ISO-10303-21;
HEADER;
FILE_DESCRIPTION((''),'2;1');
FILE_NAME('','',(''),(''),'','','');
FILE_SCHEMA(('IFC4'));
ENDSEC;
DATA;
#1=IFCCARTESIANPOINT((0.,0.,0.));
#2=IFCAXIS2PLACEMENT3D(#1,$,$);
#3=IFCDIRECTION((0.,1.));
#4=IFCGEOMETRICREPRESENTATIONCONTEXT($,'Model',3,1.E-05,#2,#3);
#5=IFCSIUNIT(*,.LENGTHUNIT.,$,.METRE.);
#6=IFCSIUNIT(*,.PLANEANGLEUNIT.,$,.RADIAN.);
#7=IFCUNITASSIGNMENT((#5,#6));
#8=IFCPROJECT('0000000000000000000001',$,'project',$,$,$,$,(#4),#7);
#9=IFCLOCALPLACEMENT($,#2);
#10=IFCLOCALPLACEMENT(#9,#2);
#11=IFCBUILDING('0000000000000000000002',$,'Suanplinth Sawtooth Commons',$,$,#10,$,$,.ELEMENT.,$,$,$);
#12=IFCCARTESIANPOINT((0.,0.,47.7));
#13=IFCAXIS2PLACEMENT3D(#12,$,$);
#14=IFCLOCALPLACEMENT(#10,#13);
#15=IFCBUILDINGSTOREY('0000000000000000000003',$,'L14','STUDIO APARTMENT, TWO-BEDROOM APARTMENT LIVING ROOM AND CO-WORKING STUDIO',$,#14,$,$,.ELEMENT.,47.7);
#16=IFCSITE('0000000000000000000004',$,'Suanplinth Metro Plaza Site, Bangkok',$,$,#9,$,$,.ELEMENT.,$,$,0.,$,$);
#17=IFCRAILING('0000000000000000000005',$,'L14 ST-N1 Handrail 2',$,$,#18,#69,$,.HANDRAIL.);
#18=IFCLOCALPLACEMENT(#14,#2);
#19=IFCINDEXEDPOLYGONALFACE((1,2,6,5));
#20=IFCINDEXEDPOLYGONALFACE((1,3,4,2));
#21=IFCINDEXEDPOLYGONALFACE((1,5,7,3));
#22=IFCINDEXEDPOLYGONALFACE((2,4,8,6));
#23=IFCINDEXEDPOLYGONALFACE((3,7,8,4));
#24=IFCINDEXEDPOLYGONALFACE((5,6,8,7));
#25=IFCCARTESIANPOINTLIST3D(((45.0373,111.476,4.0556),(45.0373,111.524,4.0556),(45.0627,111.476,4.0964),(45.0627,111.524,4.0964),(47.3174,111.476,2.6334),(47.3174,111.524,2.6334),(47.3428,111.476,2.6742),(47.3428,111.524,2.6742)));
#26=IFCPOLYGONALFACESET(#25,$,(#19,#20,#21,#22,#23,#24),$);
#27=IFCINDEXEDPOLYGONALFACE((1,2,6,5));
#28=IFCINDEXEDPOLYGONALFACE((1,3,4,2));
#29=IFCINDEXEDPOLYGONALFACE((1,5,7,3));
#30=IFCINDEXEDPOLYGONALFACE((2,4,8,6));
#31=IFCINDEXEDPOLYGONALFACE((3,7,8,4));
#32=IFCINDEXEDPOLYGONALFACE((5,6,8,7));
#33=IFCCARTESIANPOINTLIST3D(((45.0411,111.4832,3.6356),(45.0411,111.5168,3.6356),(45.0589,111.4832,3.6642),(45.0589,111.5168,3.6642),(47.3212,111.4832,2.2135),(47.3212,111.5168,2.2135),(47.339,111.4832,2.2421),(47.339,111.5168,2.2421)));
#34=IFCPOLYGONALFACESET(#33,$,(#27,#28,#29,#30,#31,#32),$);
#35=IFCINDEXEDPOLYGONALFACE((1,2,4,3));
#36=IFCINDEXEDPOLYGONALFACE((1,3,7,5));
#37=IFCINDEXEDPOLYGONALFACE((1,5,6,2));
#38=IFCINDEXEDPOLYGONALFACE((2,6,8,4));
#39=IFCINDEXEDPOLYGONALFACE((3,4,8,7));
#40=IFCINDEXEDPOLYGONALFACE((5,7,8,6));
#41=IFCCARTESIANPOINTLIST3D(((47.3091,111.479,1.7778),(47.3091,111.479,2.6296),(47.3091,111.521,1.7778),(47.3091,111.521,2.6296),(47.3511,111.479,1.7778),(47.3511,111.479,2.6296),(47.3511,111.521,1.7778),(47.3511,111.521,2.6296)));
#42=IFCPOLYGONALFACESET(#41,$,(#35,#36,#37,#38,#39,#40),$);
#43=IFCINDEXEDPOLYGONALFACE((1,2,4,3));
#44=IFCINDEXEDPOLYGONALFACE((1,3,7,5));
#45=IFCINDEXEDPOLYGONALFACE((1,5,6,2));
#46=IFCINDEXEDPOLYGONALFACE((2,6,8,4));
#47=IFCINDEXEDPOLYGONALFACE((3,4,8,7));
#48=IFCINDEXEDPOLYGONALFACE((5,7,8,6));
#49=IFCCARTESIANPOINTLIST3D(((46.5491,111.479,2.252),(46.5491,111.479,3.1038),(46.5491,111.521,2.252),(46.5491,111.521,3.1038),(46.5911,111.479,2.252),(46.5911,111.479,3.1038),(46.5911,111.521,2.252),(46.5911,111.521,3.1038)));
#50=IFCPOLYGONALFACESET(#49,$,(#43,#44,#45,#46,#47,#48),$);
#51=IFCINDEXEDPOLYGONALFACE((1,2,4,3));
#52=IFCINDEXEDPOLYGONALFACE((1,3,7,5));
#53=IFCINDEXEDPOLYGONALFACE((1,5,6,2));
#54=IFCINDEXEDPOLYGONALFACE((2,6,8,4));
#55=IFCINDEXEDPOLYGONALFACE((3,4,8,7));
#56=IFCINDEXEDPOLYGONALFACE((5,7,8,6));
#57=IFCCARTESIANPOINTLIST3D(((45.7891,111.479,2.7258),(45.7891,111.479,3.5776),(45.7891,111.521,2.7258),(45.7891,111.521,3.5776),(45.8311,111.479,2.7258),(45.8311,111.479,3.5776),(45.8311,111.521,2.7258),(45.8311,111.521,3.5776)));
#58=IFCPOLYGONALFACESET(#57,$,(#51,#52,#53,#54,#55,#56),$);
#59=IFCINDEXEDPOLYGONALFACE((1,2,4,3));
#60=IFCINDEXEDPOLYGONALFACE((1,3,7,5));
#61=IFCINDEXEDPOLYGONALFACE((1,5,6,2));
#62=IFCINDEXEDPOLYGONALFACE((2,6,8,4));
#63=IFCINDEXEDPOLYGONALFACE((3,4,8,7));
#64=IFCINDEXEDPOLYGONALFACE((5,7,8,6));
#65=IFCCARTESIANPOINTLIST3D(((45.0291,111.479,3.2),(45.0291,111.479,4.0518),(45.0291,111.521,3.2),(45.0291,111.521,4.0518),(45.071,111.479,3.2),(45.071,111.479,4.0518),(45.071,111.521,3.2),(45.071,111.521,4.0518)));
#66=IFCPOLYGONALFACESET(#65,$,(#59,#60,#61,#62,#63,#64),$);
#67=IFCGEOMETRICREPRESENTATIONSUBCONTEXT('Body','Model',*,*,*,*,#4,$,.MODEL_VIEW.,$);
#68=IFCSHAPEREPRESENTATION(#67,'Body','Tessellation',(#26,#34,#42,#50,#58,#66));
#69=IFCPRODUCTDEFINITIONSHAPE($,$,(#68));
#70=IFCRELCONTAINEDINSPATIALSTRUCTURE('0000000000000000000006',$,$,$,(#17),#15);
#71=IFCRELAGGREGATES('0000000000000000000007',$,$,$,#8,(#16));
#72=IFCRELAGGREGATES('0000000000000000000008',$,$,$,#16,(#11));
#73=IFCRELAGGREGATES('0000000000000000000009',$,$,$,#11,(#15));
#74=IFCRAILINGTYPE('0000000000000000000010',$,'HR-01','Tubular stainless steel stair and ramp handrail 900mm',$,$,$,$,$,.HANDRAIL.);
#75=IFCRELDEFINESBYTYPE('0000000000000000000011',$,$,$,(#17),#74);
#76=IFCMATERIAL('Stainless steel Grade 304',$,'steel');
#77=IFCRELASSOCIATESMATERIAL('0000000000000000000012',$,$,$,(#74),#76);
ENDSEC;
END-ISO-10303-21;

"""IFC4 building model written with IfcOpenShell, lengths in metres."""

from ifc_helpers import new_model, si_unit, direction, frame, origin, origin_2d, place, context, subcontext, project, spatial, rectangle, extrude, material, type_object, element, save


model = new_model("IFC4")

# Units and contexts
model_context = context("Model", 3, precision=1e-05, world=origin(), true_north=direction((0.0, 1.0)))
body_context = subcontext(model_context, "Body", "Model", "MODEL_VIEW")
ifc_project = project(units=[si_unit("LENGTHUNIT", "METRE"), si_unit("PLANEANGLEUNIT", "RADIAN")], contexts=[model_context])

# Site, building, storey
site_placement = place(None, origin())
site = spatial("IfcSite", under=ifc_project, at=site_placement, Name="Suanplinth Metro Plaza Site, Bangkok", CompositionType="ELEMENT", RefElevation=0.0)
building_placement = place(site_placement, origin())
building = spatial("IfcBuilding", under=site, at=building_placement, Name="Suanplinth Sawtooth Commons", CompositionType="ELEMENT")
storey_placement = place(building_placement, frame((0.0, 0.0, 47.7)))
storey = spatial("IfcBuildingStorey", under=building, at=storey_placement, Name="L14", Description="STUDIO APARTMENT, TWO-BEDROOM APARTMENT LIVING ROOM AND CO-WORKING STUDIO", CompositionType="ELEMENT", Elevation=47.7)

# Shared definitions
ifc_material_1 = material(Name="Stainless steel Grade 304", Category="steel")

# Railing
railing_type_1 = type_object("IfcRailingType", Name="HR-01", Description="Tubular stainless steel stair and ramp handrail 900mm", PredefinedType="HANDRAIL", material=ifc_material_1)
railing_1_placement = place(storey_placement, frame((47.3301, 111.5, 1.7778)))
element("IfcRailing", 1, at=railing_1_placement, inside=storey, type_object=railing_type_1, Name="L14 ST-N1 Handrail 2", PredefinedType="HANDRAIL", context=body_context, shape_type="SweptSolid", body=[
    extrude(rectangle(XDim=0.0481, YDim=0.0481, at=origin_2d()), frame((0.0, 0.0, 0.876), z_axis=(-0.848483, 0.0, 0.529223), x_axis=(0.0, -1.0, 0.0)), (0.0, 0.0, 1.0), 2.6873),
    extrude(rectangle(XDim=0.0337, YDim=0.0337, at=origin_2d()), frame((0.0, 0.0, 0.45), z_axis=(-0.848483, 0.0, 0.529223), x_axis=(0.0, -1.0, 0.0)), (0.0, 0.0, 1.0), 2.6873),
    extrude(rectangle(XDim=0.042, YDim=0.042, at=origin_2d()), origin(), (0.0, 0.0, 1.0), 0.8518),
    extrude(rectangle(XDim=0.042, YDim=0.042, at=origin_2d()), frame((-0.76, 0.0, 0.4741)), (0.0, 0.0, 1.0), 0.8518),
    extrude(rectangle(XDim=0.042, YDim=0.042, at=origin_2d()), frame((-1.52, 0.0, 0.948)), (0.0, 0.0, 1.0), 0.8518),
    extrude(rectangle(XDim=0.042, YDim=0.042, at=origin_2d()), frame((-2.28, 0.0, 1.4221)), (0.0, 0.0, 1.0), 0.8518),
])

save(model, "model.ifc")
